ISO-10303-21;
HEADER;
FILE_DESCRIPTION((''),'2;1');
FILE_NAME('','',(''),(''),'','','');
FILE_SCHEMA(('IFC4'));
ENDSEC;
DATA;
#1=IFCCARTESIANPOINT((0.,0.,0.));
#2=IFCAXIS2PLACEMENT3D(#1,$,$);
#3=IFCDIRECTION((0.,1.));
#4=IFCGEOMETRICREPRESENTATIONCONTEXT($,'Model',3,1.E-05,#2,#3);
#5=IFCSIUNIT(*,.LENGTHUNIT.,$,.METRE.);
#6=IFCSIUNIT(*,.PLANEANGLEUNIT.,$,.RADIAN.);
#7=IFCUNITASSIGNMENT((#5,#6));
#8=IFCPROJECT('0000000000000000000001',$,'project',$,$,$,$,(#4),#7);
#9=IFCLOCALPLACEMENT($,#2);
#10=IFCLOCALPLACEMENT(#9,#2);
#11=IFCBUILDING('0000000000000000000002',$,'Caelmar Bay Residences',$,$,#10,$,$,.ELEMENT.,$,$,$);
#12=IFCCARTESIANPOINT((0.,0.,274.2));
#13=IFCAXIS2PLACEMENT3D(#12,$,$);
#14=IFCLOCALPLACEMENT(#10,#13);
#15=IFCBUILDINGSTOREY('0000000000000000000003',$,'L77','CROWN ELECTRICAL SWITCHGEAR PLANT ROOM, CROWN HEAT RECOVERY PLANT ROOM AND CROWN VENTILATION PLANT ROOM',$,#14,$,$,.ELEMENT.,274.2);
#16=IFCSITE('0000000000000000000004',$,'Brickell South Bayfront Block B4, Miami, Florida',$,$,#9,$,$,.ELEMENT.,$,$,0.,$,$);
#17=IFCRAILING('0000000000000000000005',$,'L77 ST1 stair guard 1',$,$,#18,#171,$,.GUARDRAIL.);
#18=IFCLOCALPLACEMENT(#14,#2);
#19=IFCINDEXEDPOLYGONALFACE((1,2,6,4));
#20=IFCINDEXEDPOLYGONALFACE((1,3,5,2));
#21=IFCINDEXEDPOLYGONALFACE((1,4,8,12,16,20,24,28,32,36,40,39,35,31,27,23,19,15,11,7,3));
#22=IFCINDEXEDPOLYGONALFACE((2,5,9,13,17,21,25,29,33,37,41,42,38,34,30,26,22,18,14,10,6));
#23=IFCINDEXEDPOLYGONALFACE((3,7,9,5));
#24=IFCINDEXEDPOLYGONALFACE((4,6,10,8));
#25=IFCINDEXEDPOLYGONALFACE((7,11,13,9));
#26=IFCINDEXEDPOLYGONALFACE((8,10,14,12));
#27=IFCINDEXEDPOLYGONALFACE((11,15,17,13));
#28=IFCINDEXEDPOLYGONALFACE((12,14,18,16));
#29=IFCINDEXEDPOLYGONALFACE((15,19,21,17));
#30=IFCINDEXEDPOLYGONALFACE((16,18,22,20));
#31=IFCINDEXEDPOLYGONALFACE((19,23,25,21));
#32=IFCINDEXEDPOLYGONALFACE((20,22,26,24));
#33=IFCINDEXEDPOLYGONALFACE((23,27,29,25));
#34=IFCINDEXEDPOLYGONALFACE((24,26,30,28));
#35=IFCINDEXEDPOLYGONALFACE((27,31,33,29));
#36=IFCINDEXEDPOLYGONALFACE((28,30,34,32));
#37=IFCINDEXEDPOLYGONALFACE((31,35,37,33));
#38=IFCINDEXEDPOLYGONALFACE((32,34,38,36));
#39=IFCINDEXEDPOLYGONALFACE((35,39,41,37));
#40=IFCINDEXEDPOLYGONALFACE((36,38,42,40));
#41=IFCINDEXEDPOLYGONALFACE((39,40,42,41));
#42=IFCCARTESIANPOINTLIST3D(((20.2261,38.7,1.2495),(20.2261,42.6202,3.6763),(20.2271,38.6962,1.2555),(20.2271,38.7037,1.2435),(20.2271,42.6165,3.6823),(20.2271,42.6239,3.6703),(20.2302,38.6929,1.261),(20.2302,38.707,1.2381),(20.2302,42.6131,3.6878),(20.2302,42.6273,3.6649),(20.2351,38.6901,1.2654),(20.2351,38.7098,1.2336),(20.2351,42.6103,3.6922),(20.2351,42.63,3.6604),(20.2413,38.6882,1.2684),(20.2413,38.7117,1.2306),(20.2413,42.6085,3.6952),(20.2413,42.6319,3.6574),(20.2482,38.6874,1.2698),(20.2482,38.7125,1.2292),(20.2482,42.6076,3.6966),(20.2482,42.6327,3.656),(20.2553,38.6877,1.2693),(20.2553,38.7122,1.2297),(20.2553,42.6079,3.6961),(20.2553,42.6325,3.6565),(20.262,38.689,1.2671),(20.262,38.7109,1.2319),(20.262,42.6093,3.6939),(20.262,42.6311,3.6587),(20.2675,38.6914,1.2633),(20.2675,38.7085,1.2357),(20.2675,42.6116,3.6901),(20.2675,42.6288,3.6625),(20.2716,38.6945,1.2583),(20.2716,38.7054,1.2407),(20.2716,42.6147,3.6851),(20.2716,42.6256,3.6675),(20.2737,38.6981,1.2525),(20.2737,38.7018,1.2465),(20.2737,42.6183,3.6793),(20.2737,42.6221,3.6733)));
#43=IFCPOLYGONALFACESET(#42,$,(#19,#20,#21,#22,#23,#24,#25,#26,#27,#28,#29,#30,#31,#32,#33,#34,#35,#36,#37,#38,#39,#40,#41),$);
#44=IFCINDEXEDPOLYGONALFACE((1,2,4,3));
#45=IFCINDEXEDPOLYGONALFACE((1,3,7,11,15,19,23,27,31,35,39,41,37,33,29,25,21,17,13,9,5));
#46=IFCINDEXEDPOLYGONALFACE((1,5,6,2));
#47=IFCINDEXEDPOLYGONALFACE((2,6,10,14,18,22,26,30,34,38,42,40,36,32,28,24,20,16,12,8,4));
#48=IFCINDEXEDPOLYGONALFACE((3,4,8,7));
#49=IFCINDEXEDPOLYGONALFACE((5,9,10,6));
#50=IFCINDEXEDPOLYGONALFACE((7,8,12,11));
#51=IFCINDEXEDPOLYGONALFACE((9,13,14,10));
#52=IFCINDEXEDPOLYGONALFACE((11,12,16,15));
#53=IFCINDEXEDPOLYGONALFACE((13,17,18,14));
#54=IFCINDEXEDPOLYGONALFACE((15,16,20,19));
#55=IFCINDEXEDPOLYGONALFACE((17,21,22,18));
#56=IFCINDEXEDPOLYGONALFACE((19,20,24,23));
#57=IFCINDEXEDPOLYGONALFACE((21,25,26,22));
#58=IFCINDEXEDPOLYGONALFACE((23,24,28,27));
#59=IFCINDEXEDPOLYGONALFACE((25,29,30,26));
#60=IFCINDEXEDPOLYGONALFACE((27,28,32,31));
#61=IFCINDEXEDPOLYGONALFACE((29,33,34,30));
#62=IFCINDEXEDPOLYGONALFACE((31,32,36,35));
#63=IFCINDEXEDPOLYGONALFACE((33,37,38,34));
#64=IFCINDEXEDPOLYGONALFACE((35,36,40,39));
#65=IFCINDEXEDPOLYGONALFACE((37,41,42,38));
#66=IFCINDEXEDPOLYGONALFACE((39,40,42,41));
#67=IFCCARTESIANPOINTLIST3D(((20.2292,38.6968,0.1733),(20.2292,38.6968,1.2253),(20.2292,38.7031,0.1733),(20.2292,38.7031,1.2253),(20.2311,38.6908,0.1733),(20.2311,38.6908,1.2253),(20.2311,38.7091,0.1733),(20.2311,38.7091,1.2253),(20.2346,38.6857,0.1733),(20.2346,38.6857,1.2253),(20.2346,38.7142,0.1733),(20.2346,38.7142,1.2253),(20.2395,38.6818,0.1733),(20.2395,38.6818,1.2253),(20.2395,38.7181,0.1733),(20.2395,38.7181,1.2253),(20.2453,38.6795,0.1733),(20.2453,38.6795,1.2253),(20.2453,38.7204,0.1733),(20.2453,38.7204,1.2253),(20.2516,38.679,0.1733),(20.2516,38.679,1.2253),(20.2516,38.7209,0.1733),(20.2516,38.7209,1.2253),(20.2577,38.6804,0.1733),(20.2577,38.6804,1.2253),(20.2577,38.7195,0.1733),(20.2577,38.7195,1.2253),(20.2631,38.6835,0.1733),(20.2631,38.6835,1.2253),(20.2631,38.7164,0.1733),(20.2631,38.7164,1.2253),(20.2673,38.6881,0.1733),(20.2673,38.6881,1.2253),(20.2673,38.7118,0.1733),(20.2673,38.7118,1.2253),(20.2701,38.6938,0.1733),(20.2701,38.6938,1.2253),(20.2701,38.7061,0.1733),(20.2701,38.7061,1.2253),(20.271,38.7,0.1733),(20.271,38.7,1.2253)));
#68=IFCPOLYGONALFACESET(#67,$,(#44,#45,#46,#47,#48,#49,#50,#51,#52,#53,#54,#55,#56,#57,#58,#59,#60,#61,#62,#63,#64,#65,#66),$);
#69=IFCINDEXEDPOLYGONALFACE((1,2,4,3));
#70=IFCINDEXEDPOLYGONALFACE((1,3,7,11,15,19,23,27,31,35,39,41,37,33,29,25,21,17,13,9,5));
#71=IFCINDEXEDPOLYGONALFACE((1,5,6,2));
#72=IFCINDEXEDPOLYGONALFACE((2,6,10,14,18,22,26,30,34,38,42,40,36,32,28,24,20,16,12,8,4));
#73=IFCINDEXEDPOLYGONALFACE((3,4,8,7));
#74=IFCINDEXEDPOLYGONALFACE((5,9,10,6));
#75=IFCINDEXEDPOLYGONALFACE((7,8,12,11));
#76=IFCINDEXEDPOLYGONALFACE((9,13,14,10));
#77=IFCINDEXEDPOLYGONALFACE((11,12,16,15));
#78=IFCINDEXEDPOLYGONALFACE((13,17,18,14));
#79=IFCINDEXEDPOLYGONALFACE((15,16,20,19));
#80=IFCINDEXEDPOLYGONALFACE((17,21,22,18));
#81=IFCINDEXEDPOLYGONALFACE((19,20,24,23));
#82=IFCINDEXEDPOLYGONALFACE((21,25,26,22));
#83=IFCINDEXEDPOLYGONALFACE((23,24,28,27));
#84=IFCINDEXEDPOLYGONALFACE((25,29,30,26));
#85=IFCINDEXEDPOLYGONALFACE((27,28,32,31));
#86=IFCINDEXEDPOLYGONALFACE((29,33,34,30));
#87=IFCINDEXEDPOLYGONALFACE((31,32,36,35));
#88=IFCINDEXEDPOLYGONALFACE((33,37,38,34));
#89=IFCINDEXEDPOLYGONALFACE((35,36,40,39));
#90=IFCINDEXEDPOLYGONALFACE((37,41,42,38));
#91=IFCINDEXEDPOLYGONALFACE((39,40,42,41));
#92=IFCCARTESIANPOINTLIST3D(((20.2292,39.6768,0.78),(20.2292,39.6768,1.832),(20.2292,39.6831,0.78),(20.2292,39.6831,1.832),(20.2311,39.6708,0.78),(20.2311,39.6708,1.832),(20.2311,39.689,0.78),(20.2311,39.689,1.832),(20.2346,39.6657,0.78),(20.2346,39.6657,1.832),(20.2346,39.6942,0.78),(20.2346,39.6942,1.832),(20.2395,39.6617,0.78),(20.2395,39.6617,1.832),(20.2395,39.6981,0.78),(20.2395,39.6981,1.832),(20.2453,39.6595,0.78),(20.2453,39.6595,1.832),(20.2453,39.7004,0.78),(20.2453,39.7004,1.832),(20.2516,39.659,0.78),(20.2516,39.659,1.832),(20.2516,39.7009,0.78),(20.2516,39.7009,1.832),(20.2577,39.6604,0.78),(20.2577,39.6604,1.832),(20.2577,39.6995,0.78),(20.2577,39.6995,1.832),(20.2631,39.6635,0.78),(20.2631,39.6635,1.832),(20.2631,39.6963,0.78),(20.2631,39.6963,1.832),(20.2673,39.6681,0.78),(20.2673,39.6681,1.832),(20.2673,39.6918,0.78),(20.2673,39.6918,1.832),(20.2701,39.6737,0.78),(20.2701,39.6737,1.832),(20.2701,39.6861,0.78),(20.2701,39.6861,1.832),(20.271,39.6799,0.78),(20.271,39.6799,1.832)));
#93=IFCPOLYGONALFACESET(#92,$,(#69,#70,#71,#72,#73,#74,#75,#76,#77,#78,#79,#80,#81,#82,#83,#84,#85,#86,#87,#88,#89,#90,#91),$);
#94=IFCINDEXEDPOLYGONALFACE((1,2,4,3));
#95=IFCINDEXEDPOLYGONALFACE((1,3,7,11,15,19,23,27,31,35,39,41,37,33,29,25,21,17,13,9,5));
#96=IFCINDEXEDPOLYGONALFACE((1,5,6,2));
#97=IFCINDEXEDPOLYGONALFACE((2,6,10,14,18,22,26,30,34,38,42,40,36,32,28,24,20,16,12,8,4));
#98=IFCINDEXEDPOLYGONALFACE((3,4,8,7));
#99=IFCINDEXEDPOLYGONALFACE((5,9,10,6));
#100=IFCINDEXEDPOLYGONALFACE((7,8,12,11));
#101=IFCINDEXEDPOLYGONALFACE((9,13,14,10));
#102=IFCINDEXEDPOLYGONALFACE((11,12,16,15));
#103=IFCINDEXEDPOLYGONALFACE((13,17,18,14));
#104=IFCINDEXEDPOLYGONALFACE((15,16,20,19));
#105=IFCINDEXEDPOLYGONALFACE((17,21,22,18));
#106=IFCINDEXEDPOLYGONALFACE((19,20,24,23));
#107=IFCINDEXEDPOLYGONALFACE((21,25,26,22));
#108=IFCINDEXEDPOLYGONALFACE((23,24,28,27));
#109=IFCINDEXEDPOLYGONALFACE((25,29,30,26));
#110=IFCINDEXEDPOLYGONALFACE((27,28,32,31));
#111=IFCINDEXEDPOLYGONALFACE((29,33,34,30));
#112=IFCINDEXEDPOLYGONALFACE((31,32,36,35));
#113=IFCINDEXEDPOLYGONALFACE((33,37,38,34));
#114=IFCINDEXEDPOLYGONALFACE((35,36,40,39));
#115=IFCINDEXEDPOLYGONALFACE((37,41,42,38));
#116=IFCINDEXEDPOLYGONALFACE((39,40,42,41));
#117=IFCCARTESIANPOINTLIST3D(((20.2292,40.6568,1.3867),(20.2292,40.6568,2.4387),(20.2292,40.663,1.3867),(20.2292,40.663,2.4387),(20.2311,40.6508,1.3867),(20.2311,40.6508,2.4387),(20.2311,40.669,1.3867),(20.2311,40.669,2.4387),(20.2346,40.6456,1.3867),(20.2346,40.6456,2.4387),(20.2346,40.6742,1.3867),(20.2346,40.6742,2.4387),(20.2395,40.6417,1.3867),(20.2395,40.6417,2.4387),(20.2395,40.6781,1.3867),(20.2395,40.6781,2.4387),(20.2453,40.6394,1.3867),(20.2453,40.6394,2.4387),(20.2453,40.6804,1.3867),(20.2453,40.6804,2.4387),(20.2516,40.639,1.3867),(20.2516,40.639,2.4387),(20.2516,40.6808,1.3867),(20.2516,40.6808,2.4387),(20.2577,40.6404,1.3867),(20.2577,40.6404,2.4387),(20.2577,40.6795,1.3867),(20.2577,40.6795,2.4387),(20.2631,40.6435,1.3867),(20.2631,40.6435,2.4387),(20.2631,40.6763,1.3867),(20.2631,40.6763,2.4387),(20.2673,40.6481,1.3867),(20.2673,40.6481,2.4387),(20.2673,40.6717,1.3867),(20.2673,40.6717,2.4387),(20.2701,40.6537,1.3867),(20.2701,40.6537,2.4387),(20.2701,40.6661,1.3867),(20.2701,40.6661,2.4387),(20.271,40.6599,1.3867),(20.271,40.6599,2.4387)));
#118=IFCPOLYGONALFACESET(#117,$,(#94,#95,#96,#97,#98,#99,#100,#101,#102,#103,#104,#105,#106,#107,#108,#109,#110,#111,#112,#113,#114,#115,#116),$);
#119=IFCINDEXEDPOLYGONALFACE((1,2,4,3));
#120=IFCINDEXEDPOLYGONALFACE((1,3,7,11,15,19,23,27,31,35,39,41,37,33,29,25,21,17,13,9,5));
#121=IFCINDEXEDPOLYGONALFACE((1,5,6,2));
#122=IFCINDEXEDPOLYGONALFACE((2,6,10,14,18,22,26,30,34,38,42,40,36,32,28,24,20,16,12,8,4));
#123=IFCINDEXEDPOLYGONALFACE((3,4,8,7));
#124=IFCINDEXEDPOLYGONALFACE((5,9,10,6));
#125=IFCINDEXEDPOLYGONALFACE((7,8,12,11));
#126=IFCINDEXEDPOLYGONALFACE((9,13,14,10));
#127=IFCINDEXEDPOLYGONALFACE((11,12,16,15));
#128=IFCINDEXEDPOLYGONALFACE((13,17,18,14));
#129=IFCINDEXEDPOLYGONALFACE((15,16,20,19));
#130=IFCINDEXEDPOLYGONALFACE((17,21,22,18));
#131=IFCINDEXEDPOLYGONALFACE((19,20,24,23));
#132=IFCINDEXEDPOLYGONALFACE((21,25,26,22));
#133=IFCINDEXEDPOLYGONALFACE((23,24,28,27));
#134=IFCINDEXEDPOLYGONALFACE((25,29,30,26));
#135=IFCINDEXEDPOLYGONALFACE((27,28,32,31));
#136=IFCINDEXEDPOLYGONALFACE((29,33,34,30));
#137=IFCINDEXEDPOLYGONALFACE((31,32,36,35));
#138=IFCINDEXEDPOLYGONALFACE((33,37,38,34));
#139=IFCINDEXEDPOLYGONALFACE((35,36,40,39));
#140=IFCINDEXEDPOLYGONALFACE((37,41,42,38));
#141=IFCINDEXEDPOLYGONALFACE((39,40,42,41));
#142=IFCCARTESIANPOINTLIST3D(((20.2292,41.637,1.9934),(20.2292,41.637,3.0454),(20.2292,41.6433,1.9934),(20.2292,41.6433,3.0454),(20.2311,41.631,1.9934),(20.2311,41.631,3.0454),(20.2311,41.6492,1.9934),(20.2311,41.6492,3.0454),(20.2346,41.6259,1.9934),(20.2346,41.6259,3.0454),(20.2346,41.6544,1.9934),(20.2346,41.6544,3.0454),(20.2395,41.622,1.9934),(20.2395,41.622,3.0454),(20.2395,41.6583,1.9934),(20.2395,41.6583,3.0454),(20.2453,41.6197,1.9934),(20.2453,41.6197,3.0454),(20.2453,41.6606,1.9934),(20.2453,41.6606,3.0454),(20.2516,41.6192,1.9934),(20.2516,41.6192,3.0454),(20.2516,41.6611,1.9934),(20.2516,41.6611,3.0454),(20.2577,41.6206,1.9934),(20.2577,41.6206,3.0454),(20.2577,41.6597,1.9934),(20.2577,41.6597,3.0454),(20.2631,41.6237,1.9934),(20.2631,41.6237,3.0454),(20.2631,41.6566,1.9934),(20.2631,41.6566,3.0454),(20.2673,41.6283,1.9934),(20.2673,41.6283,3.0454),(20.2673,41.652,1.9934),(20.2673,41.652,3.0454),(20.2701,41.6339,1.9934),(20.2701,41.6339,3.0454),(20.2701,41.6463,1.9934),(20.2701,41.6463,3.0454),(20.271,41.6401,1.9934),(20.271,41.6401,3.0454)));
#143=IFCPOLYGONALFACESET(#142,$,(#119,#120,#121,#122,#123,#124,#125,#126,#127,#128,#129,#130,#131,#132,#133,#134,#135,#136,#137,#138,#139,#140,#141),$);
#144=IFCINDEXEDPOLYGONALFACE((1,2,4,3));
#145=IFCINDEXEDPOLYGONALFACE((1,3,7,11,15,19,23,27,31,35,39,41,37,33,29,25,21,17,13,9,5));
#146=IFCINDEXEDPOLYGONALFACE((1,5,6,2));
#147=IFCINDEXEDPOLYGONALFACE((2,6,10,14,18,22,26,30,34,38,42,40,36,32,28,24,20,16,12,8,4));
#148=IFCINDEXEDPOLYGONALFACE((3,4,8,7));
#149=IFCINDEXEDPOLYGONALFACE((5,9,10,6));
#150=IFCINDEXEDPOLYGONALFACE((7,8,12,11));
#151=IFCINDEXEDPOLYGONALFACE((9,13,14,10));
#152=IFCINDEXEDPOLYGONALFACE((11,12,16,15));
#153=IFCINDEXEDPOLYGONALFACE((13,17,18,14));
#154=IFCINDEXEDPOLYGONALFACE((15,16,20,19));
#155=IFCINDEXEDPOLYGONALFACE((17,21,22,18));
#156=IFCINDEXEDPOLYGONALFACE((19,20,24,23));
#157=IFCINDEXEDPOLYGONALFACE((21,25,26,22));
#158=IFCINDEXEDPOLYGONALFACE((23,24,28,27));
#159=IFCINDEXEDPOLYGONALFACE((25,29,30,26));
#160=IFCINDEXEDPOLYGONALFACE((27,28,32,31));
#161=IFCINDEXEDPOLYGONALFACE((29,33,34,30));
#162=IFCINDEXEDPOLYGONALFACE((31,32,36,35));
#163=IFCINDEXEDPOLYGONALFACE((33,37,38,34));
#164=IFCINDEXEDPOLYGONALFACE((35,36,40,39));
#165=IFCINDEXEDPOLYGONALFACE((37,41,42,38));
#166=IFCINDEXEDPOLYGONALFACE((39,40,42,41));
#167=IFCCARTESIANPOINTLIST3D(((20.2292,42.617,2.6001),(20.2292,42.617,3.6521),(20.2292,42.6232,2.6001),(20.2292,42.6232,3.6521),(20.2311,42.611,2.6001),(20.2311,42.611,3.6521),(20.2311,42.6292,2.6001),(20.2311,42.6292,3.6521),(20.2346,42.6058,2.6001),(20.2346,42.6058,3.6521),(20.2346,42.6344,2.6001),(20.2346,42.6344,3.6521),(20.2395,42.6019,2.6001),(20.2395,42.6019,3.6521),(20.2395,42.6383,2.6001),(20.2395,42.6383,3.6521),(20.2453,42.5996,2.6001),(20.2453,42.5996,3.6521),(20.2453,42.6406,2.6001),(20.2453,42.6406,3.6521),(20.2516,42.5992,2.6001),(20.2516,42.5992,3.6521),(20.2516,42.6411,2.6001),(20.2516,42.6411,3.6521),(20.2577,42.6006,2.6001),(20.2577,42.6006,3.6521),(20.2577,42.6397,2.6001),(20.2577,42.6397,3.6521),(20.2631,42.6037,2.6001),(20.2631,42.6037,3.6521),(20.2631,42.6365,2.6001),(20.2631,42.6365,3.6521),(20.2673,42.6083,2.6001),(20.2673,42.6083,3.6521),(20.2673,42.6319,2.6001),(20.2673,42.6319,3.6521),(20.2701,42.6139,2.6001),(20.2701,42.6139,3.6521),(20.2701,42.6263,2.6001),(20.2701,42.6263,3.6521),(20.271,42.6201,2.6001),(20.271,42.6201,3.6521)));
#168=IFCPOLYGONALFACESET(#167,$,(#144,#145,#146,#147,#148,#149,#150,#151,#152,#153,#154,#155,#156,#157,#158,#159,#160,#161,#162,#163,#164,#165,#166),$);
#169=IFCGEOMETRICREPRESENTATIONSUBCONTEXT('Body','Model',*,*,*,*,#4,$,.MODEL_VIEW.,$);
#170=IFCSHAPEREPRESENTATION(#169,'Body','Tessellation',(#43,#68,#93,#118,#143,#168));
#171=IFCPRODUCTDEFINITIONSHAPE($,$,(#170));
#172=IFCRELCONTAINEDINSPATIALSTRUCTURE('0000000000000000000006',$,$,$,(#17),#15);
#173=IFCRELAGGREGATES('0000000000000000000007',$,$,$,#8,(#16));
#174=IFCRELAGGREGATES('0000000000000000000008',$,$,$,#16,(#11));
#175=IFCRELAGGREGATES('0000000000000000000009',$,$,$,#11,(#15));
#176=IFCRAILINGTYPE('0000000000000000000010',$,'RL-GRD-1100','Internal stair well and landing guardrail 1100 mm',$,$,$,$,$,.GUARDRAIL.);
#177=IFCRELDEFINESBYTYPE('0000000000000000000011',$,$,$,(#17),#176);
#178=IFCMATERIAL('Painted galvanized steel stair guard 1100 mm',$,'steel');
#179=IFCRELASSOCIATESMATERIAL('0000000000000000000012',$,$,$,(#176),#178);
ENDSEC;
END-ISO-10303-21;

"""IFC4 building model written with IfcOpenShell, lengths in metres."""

from ifc_helpers import new_model, si_unit, direction, frame, origin, origin_2d, place, context, subcontext, project, spatial, circle, extrude, material, type_object, element, save


model = new_model("IFC4")

# Units and contexts
model_context = context("Model", 3, precision=1e-05, world=origin(), true_north=direction((0.0, 1.0)))
body_context = subcontext(model_context, "Body", "Model", "MODEL_VIEW")
ifc_project = project(units=[si_unit("LENGTHUNIT", "METRE"), si_unit("PLANEANGLEUNIT", "RADIAN")], contexts=[model_context])

# Site, building, storey
site_placement = place(None, origin())
site = spatial("IfcSite", under=ifc_project, at=site_placement, Name="Brickell South Bayfront Block B4, Miami, Florida", CompositionType="ELEMENT", RefElevation=0.0)
building_placement = place(site_placement, origin())
building = spatial("IfcBuilding", under=site, at=building_placement, Name="Caelmar Bay Residences", CompositionType="ELEMENT")
storey_placement = place(building_placement, frame((0.0, 0.0, 274.2)))
storey = spatial("IfcBuildingStorey", under=building, at=storey_placement, Name="L77", Description="CROWN ELECTRICAL SWITCHGEAR PLANT ROOM, CROWN HEAT RECOVERY PLANT ROOM AND CROWN VENTILATION PLANT ROOM", CompositionType="ELEMENT", Elevation=274.2)

# Railing
ifc_material_1 = material(Name="Painted galvanized steel stair guard 1100 mm", Category="steel")
railing_type = type_object("IfcRailingType", Name="RL-GRD-1100", Description="Internal stair well and landing guardrail 1100 mm", PredefinedType="GUARDRAIL", material=ifc_material_1)
railing_placement = place(storey_placement, frame((20.25, 38.7, 0.1733)))
element("IfcRailing", 1, at=railing_placement, inside=storey, type_object=railing_type, Name="L77 ST1 stair guard 1", PredefinedType="GUARDRAIL", context=body_context, shape_type="SweptSolid", body=[
    extrude(circle(Radius=0.0239, at=origin_2d()), frame((0.0, 0.0, 1.0762), z_axis=(0.0, 0.850266, 0.526353), x_axis=(-1.0, 0.0, 0.0)), (0.0, 0.0, 1.0), 4.6106),
    extrude(circle(Radius=0.021, at=origin_2d()), origin(), (0.0, 0.0, 1.0), 1.052),
    extrude(circle(Radius=0.021, at=origin_2d()), frame((0.0, 0.98, 0.6067)), (0.0, 0.0, 1.0), 1.052),
    extrude(circle(Radius=0.021, at=origin_2d()), frame((0.0, 1.96, 1.2134)), (0.0, 0.0, 1.0), 1.052),
    extrude(circle(Radius=0.021, at=origin_2d()), frame((0.0, 2.9402, 1.8201)), (0.0, 0.0, 1.0), 1.052),
    extrude(circle(Radius=0.021, at=origin_2d()), frame((0.0, 3.9202, 2.4268)), (0.0, 0.0, 1.0), 1.052),
])

save(model, "model.ifc")
